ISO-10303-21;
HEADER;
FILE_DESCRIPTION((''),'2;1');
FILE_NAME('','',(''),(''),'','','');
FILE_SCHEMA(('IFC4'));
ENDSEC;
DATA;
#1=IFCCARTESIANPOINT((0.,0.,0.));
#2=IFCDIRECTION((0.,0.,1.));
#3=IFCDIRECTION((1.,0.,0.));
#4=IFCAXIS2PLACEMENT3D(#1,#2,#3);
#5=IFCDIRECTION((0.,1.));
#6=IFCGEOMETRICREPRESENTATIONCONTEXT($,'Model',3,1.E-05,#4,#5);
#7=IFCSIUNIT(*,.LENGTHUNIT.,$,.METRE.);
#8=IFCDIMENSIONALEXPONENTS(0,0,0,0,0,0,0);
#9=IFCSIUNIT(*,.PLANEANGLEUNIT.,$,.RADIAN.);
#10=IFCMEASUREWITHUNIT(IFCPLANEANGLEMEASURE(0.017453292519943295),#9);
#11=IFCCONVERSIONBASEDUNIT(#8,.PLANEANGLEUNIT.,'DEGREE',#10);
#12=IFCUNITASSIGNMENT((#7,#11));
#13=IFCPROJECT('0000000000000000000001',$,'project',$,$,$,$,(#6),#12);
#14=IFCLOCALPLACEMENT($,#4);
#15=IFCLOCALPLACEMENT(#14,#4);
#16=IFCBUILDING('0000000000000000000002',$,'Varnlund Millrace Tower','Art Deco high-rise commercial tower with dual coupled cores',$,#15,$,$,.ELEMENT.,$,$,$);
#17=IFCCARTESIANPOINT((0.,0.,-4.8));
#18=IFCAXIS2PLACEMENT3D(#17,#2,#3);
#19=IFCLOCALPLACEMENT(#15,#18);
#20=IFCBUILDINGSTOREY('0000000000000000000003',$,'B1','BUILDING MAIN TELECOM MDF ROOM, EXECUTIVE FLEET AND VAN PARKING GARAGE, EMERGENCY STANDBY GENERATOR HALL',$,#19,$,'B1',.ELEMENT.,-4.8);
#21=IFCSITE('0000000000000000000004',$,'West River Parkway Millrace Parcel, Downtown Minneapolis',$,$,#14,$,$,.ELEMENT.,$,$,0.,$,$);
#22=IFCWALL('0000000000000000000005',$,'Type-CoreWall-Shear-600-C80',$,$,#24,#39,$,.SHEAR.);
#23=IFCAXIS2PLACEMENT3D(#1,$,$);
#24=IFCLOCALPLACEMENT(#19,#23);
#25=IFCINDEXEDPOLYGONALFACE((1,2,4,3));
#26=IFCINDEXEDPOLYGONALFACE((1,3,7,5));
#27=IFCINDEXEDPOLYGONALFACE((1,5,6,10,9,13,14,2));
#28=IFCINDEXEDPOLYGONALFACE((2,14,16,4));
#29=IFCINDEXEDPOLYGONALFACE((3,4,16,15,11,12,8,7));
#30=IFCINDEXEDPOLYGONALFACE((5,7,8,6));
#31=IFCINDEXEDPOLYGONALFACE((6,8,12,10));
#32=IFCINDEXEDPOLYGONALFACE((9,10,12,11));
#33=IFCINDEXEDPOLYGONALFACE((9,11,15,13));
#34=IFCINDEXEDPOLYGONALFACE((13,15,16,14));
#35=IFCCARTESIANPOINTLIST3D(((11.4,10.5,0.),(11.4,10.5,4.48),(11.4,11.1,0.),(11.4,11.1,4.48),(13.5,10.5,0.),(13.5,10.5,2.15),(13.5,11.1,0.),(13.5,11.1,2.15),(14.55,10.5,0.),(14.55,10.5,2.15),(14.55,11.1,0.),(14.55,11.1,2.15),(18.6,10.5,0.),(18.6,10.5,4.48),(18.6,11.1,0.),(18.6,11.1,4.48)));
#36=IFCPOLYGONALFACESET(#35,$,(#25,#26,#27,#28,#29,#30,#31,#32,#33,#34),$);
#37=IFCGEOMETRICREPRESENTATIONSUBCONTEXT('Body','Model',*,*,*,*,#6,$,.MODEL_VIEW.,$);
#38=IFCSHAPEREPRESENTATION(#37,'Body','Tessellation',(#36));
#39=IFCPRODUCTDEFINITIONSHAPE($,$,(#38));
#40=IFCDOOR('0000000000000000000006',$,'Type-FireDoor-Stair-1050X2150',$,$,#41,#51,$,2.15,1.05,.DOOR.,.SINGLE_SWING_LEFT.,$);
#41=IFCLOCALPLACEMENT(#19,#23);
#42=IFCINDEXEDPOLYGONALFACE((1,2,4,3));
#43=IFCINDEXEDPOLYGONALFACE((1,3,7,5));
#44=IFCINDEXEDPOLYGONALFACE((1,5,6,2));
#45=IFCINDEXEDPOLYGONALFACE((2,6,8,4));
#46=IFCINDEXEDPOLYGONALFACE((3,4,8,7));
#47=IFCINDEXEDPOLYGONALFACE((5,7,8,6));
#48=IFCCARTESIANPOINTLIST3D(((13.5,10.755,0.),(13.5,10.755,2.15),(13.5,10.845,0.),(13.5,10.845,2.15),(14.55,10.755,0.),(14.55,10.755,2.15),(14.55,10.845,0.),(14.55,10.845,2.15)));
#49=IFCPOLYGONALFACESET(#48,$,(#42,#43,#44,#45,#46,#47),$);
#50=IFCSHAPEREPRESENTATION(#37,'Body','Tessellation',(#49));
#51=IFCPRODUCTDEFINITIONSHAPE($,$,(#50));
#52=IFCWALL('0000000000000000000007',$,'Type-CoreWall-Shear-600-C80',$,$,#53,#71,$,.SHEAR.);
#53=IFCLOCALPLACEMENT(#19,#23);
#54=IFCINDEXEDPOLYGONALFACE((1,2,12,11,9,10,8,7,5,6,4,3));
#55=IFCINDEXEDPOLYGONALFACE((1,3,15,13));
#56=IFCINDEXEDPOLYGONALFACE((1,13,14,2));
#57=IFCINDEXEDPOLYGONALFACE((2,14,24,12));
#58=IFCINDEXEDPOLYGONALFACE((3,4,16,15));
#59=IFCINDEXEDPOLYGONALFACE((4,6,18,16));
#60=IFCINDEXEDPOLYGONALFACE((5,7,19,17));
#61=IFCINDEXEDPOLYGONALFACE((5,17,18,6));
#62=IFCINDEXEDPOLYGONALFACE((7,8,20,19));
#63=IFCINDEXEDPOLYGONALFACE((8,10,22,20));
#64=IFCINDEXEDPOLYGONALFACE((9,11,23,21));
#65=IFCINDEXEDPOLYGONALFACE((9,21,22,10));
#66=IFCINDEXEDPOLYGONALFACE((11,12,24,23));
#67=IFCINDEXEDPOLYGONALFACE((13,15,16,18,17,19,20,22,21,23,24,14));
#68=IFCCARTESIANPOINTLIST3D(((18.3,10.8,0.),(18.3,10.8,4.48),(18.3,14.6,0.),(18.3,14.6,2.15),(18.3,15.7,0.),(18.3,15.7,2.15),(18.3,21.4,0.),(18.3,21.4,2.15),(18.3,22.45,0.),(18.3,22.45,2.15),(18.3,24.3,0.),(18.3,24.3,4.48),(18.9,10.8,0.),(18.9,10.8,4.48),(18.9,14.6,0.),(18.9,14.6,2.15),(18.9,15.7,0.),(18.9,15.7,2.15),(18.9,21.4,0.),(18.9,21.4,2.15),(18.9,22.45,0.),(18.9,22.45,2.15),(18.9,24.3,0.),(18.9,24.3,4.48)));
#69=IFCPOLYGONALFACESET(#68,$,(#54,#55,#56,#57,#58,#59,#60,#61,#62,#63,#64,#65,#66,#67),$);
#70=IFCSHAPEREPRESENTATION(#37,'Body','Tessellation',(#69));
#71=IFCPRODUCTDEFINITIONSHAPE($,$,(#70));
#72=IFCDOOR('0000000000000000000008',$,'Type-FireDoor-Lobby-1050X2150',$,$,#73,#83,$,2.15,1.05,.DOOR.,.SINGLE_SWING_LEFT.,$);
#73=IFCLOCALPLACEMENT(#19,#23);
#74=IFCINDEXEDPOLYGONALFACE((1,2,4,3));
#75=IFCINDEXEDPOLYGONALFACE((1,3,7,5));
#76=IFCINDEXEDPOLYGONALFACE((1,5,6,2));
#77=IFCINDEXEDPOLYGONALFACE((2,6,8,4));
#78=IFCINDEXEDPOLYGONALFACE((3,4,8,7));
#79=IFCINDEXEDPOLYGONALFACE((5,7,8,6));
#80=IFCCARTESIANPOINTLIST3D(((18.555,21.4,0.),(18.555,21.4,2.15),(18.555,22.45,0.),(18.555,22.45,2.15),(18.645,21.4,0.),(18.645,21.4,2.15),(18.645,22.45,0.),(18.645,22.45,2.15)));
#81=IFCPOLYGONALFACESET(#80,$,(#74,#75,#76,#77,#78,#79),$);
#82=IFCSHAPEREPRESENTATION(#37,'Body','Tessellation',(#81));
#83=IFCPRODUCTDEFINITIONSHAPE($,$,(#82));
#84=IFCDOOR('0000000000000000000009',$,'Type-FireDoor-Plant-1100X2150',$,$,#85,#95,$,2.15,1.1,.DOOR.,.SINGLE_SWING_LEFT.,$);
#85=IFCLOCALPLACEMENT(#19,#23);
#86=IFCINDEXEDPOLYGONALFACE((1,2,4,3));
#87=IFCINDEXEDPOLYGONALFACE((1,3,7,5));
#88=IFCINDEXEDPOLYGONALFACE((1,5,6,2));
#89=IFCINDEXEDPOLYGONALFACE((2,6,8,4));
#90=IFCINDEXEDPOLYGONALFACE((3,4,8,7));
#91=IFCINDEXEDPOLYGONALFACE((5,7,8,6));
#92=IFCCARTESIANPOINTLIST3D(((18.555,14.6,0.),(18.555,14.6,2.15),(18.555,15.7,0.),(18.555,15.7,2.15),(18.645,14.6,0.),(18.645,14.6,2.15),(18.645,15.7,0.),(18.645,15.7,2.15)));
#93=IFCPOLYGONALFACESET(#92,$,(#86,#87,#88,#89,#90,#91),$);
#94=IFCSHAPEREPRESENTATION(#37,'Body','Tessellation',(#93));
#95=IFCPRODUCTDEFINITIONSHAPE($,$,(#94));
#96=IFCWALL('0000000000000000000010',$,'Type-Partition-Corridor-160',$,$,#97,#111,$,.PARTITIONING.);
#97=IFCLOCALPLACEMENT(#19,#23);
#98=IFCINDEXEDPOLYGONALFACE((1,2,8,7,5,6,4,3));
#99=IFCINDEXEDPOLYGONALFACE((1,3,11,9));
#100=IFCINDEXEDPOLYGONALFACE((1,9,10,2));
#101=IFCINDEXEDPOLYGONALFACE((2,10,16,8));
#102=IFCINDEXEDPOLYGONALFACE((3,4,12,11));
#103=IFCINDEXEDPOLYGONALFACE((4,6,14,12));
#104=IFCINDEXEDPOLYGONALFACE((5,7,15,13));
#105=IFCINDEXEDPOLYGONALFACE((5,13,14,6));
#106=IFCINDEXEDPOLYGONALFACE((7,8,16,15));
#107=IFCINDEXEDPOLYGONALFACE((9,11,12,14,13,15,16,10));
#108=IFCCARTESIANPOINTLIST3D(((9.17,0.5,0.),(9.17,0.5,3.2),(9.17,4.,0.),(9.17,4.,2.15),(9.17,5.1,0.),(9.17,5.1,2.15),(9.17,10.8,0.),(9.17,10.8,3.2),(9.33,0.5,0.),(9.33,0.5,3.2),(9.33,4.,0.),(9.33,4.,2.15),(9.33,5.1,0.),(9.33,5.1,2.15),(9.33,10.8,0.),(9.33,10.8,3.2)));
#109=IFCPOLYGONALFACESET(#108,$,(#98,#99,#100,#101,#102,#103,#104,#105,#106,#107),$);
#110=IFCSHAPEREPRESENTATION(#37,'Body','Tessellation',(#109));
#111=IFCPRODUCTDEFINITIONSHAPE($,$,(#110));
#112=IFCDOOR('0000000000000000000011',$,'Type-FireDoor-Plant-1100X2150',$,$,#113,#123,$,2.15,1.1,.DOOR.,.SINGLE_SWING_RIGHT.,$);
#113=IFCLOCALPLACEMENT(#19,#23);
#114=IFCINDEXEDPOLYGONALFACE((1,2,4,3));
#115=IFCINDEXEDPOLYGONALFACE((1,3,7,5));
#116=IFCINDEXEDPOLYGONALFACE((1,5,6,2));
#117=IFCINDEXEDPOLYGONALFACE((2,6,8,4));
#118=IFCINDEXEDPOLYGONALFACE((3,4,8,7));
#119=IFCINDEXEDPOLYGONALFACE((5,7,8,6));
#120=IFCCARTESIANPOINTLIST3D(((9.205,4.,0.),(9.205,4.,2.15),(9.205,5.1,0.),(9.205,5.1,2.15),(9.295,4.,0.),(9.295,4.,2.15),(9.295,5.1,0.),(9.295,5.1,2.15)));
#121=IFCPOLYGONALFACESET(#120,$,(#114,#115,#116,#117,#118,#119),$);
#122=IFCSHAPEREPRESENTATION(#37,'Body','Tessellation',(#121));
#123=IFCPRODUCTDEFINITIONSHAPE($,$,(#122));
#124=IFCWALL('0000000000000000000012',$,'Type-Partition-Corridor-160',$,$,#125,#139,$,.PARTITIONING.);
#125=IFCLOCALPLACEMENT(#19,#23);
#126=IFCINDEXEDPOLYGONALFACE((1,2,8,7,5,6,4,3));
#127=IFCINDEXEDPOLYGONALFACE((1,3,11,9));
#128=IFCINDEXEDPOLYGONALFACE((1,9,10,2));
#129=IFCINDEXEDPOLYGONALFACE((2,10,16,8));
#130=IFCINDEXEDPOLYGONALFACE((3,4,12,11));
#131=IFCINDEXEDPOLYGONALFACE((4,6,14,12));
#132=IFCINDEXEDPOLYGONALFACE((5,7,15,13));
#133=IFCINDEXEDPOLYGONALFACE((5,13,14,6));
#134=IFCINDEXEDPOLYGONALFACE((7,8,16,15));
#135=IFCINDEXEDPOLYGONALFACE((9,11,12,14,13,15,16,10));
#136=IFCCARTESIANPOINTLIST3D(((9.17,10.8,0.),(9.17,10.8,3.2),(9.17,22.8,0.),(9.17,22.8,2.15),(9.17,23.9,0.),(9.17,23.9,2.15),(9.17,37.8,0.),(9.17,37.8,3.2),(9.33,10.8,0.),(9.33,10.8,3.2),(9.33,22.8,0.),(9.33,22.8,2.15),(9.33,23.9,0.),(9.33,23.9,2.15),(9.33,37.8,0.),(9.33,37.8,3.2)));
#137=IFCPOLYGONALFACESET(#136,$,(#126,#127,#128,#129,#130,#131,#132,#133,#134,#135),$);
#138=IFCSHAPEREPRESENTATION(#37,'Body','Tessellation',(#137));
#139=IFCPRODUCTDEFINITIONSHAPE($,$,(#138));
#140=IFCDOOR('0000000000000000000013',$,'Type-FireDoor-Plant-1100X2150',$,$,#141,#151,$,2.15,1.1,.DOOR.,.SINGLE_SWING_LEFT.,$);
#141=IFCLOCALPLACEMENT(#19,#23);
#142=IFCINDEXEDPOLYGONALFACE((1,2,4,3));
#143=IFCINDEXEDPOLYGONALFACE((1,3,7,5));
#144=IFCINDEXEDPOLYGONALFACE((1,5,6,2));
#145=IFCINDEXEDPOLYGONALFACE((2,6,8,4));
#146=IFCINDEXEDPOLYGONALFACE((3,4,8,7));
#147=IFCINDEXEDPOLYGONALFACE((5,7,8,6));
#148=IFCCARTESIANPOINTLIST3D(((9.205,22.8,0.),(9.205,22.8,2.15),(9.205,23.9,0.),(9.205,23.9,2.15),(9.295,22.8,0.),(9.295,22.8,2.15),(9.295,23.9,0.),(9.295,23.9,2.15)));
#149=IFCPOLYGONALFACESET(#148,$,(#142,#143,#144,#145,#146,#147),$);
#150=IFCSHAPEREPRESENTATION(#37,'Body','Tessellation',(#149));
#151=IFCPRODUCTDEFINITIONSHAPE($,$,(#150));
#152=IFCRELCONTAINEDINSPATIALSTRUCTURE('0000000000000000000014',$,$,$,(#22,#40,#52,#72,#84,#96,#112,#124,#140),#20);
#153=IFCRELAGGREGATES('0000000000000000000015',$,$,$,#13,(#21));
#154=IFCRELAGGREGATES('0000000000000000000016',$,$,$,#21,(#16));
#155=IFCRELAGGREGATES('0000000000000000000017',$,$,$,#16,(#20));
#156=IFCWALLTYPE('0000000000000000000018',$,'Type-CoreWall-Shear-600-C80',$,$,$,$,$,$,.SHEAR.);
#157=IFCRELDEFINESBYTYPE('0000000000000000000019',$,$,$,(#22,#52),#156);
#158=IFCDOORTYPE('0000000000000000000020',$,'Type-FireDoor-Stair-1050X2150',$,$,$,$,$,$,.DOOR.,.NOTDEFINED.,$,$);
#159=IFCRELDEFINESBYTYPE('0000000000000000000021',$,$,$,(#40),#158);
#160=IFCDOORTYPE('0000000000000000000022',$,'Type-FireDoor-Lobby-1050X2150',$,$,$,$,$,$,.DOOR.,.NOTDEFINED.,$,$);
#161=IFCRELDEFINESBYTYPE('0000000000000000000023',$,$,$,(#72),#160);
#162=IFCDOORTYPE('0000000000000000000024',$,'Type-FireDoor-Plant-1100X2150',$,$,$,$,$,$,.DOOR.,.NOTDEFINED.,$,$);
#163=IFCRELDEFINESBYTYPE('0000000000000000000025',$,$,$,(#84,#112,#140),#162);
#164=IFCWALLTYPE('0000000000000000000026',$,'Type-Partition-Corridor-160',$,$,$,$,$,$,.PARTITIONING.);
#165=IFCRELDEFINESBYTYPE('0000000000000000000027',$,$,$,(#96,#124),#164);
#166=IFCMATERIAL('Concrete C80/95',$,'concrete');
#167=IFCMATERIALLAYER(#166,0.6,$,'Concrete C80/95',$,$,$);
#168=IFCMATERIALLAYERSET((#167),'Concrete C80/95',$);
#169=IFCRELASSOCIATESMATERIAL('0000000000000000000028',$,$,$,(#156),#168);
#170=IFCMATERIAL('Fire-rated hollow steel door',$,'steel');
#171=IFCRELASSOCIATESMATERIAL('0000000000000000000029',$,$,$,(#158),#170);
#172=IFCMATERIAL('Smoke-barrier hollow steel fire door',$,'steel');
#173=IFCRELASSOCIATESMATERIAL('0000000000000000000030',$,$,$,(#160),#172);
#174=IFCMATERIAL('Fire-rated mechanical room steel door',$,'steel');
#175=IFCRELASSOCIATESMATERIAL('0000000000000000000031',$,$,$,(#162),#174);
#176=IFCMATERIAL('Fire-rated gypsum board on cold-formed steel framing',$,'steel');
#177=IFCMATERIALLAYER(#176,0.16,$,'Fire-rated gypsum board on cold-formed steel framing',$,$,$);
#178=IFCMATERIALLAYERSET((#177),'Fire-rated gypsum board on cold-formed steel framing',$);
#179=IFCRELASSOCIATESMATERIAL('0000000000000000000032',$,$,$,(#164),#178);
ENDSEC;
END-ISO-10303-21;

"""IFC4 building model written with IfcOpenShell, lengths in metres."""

from ifc_helpers import new_model, entity, si_unit, converted_unit, direction, frame, origin_with_axes, origin_2d_with_axis, place, context, subcontext, project, spatial, polyline, rectangle, outline, extrude, material, layer, layer_set, type_object, element, fill, save


model = new_model("IFC4")

# Units and contexts
model_context = context("Model", 3, precision=1e-05, world=origin_with_axes(), true_north=direction((0.0, 1.0)))
body_context = subcontext(model_context, "Body", "Model", "MODEL_VIEW")
ifc_project = project(units=[si_unit("LENGTHUNIT", "METRE"), converted_unit("PLANEANGLEUNIT", "DEGREE", entity("IfcPlaneAngleMeasure", 0.017453292519943295), si_unit("PLANEANGLEUNIT", "RADIAN"), dimensions=[0, 0, 0, 0, 0, 0, 0])], contexts=[model_context])

# Site, building, storey
site_placement = place(None, origin_with_axes())
site = spatial("IfcSite", under=ifc_project, at=site_placement, Name="West River Parkway Millrace Parcel, Downtown Minneapolis", CompositionType="ELEMENT", RefElevation=0.0)
building_placement = place(site_placement, origin_with_axes())
building = spatial("IfcBuilding", under=site, at=building_placement, Name="Varnlund Millrace Tower", Description="Art Deco high-rise commercial tower with dual coupled cores", CompositionType="ELEMENT")
storey_placement = place(building_placement, frame((0.0, 0.0, -4.8), z_axis=(0.0, 0.0, 1.0), x_axis=(1.0, 0.0, 0.0)))
storey = spatial("IfcBuildingStorey", under=building, at=storey_placement, Name="B1", Description="BUILDING MAIN TELECOM MDF ROOM, EXECUTIVE FLEET AND VAN PARKING GARAGE, EMERGENCY STANDBY GENERATOR HALL", LongName="B1", CompositionType="ELEMENT", Elevation=-4.8)

# Shared definitions
ifc_material_1 = material(Name="Concrete C80/95", Category="concrete")

# Shared definitions
ifc_layer_1 = layer(ifc_material_1, 0.6, Name="Concrete C80/95")
ifc_layer_set_1 = layer_set([ifc_layer_1], Name="Concrete C80/95")
wall_type_1 = type_object("IfcWallType", Name="Type-CoreWall-Shear-600-C80", PredefinedType="SHEAR", material=ifc_layer_set_1)

# Wall, opening, door
wall_1_placement = place(storey_placement, frame((11.4, 10.8, 0.0), z_axis=(0.0, 0.0, 1.0), x_axis=(1.0, 0.0, 0.0)))
wall_1 = element("IfcWall", 1, at=wall_1_placement, inside=storey, type_object=wall_type_1, Name="Type-CoreWall-Shear-600-C80", PredefinedType="SHEAR", context=body_context, shape_type="SweptSolid", body=[
    extrude(outline(polyline([(0.0, -0.3), (7.2, -0.3), (7.2, 0.3), (0.0, 0.3), (0.0, -0.3)])), origin_with_axes(), (0.0, 0.0, 1.0), 4.48),
])
opening_1_placement = place(wall_1_placement, frame((2.625, 0.0, 0.0), z_axis=(0.0, 0.0, 1.0), x_axis=(1.0, 0.0, 0.0)))
opening_1 = element("IfcOpeningElement", 2, at=opening_1_placement, cuts=wall_1, PredefinedType="OPENING", context=body_context, shape_type="SweptSolid", body=[
    extrude(rectangle(XDim=1.05, YDim=0.62, at=origin_2d_with_axis()), origin_with_axes(), (0.0, 0.0, 1.0), 2.15),
])
ifc_material_2 = material(Name="Fire-rated hollow steel door", Category="steel")
door_type_1 = type_object("IfcDoorType", Name="Type-FireDoor-Stair-1050X2150", OperationType="NOTDEFINED", PredefinedType="DOOR", material=ifc_material_2)
door_1_placement = place(wall_1_placement, frame((2.625, 0.0, 0.0), z_axis=(0.0, 0.0, 1.0), x_axis=(1.0, 0.0, 0.0)))
door_1 = element("IfcDoor", 3, at=door_1_placement, inside=storey, type_object=door_type_1, Name="Type-FireDoor-Stair-1050X2150", OperationType="SINGLE_SWING_LEFT", OverallHeight=2.15, OverallWidth=1.05, PredefinedType="DOOR", context=body_context, shape_type="SweptSolid", body=[
    extrude(rectangle(XDim=1.05, YDim=0.09, at=origin_2d_with_axis()), origin_with_axes(), (0.0, 0.0, 1.0), 2.15),
])
fill(opening_1, door_1)

# Wall, openings, doors
wall_2_placement = place(storey_placement, frame((18.6, 10.8, 0.0), z_axis=(0.0, 0.0, 1.0), x_axis=(0.0, 1.0, 0.0)))
wall_2 = element("IfcWall", 4, at=wall_2_placement, inside=storey, type_object=wall_type_1, Name="Type-CoreWall-Shear-600-C80", PredefinedType="SHEAR", context=body_context, shape_type="SweptSolid", body=[
    extrude(outline(polyline([(0.0, -0.3), (13.5, -0.3), (13.5, 0.3), (0.0, 0.3), (0.0, -0.3)])), origin_with_axes(), (0.0, 0.0, 1.0), 4.48),
])
opening_2_placement = place(wall_2_placement, frame((11.125, 0.0, 0.0), z_axis=(0.0, 0.0, 1.0), x_axis=(1.0, 0.0, 0.0)))
opening_2 = element("IfcOpeningElement", 5, at=opening_2_placement, cuts=wall_2, PredefinedType="OPENING", context=body_context, shape_type="SweptSolid", body=[
    extrude(rectangle(XDim=1.05, YDim=0.62, at=origin_2d_with_axis()), origin_with_axes(), (0.0, 0.0, 1.0), 2.15),
])
opening_3_placement = place(wall_2_placement, frame((4.35, 0.0, 0.0), z_axis=(0.0, 0.0, 1.0), x_axis=(1.0, 0.0, 0.0)))
opening_3 = element("IfcOpeningElement", 6, at=opening_3_placement, cuts=wall_2, PredefinedType="OPENING", context=body_context, shape_type="SweptSolid", body=[
    extrude(rectangle(XDim=1.1, YDim=0.62, at=origin_2d_with_axis()), origin_with_axes(), (0.0, 0.0, 1.0), 2.15),
])
ifc_material_3 = material(Name="Smoke-barrier hollow steel fire door", Category="steel")
door_type_2 = type_object("IfcDoorType", Name="Type-FireDoor-Lobby-1050X2150", OperationType="NOTDEFINED", PredefinedType="DOOR", material=ifc_material_3)
door_2_placement = place(wall_2_placement, frame((11.125, 0.0, 0.0), z_axis=(0.0, 0.0, 1.0), x_axis=(1.0, 0.0, 0.0)))
door_2 = element("IfcDoor", 7, at=door_2_placement, inside=storey, type_object=door_type_2, Name="Type-FireDoor-Lobby-1050X2150", OperationType="SINGLE_SWING_LEFT", OverallHeight=2.15, OverallWidth=1.05, PredefinedType="DOOR", context=body_context, shape_type="SweptSolid", body=[
    extrude(rectangle(XDim=1.05, YDim=0.09, at=origin_2d_with_axis()), origin_with_axes(), (0.0, 0.0, 1.0), 2.15),
])
fill(opening_2, door_2)
ifc_material_4 = material(Name="Fire-rated mechanical room steel door", Category="steel")
door_type_3 = type_object("IfcDoorType", Name="Type-FireDoor-Plant-1100X2150", OperationType="NOTDEFINED", PredefinedType="DOOR", material=ifc_material_4)
door_3_placement = place(wall_2_placement, frame((4.35, 0.0, 0.0), z_axis=(0.0, 0.0, 1.0), x_axis=(1.0, 0.0, 0.0)))
door_3 = element("IfcDoor", 8, at=door_3_placement, inside=storey, type_object=door_type_3, Name="Type-FireDoor-Plant-1100X2150", OperationType="SINGLE_SWING_LEFT", OverallHeight=2.15, OverallWidth=1.1, PredefinedType="DOOR", context=body_context, shape_type="SweptSolid", body=[
    extrude(rectangle(XDim=1.1, YDim=0.09, at=origin_2d_with_axis()), origin_with_axes(), (0.0, 0.0, 1.0), 2.15),
])
fill(opening_3, door_3)

# Walls, openings, doors
ifc_material_5 = material(Name="Fire-rated gypsum board on cold-formed steel framing", Category="steel")
ifc_layer_2 = layer(ifc_material_5, 0.16, Name="Fire-rated gypsum board on cold-formed steel framing")
ifc_layer_set_2 = layer_set([ifc_layer_2], Name="Fire-rated gypsum board on cold-formed steel framing")
wall_type_2 = type_object("IfcWallType", Name="Type-Partition-Corridor-160", PredefinedType="PARTITIONING", material=ifc_layer_set_2)
wall_3_placement = place(storey_placement, frame((9.25, 0.5, 0.0), z_axis=(0.0, 0.0, 1.0), x_axis=(0.0, 1.0, 0.0)))
wall_3 = element("IfcWall", 9, at=wall_3_placement, inside=storey, type_object=wall_type_2, Name="Type-Partition-Corridor-160", PredefinedType="PARTITIONING", context=body_context, shape_type="SweptSolid", body=[
    extrude(outline(polyline([(0.0, -0.08), (10.3, -0.08), (10.3, 0.08), (0.0, 0.08), (0.0, -0.08)])), origin_with_axes(), (0.0, 0.0, 1.0), 3.2),
])
opening_4_placement = place(wall_3_placement, frame((4.05, 0.0, 0.0), z_axis=(0.0, 0.0, 1.0), x_axis=(1.0, 0.0, 0.0)))
opening_4 = element("IfcOpeningElement", 10, at=opening_4_placement, cuts=wall_3, PredefinedType="OPENING", context=body_context, shape_type="SweptSolid", body=[
    extrude(rectangle(XDim=1.1, YDim=0.18, at=origin_2d_with_axis()), origin_with_axes(), (0.0, 0.0, 1.0), 2.15),
])
door_4_placement = place(wall_3_placement, frame((4.05, 0.0, 0.0), z_axis=(0.0, 0.0, 1.0), x_axis=(1.0, 0.0, 0.0)))
door_4 = element("IfcDoor", 11, at=door_4_placement, inside=storey, type_object=door_type_3, Name="Type-FireDoor-Plant-1100X2150", OperationType="SINGLE_SWING_RIGHT", OverallHeight=2.15, OverallWidth=1.1, PredefinedType="DOOR", context=body_context, shape_type="SweptSolid", body=[
    extrude(rectangle(XDim=1.1, YDim=0.09, at=origin_2d_with_axis()), origin_with_axes(), (0.0, 0.0, 1.0), 2.15),
])
fill(opening_4, door_4)
wall_4_placement = place(storey_placement, frame((9.25, 10.8, 0.0), z_axis=(0.0, 0.0, 1.0), x_axis=(0.0, 1.0, 0.0)))
wall_4 = element("IfcWall", 12, at=wall_4_placement, inside=storey, type_object=wall_type_2, Name="Type-Partition-Corridor-160", PredefinedType="PARTITIONING", context=body_context, shape_type="SweptSolid", body=[
    extrude(outline(polyline([(0.0, -0.08), (27.0, -0.08), (27.0, 0.08), (0.0, 0.08), (0.0, -0.08)])), origin_with_axes(), (0.0, 0.0, 1.0), 3.2),
])
opening_5_placement = place(wall_4_placement, frame((12.55, 0.0, 0.0), z_axis=(0.0, 0.0, 1.0), x_axis=(1.0, 0.0, 0.0)))
opening_5 = element("IfcOpeningElement", 13, at=opening_5_placement, cuts=wall_4, PredefinedType="OPENING", context=body_context, shape_type="SweptSolid", body=[
    extrude(rectangle(XDim=1.1, YDim=0.18, at=origin_2d_with_axis()), origin_with_axes(), (0.0, 0.0, 1.0), 2.15),
])
door_5_placement = place(wall_4_placement, frame((12.55, 0.0, 0.0), z_axis=(0.0, 0.0, 1.0), x_axis=(1.0, 0.0, 0.0)))
door_5 = element("IfcDoor", 14, at=door_5_placement, inside=storey, type_object=door_type_3, Name="Type-FireDoor-Plant-1100X2150", OperationType="SINGLE_SWING_LEFT", OverallHeight=2.15, OverallWidth=1.1, PredefinedType="DOOR", context=body_context, shape_type="SweptSolid", body=[
    extrude(rectangle(XDim=1.1, YDim=0.09, at=origin_2d_with_axis()), origin_with_axes(), (0.0, 0.0, 1.0), 2.15),
])
fill(opening_5, door_5)

save(model, "model.ifc")
